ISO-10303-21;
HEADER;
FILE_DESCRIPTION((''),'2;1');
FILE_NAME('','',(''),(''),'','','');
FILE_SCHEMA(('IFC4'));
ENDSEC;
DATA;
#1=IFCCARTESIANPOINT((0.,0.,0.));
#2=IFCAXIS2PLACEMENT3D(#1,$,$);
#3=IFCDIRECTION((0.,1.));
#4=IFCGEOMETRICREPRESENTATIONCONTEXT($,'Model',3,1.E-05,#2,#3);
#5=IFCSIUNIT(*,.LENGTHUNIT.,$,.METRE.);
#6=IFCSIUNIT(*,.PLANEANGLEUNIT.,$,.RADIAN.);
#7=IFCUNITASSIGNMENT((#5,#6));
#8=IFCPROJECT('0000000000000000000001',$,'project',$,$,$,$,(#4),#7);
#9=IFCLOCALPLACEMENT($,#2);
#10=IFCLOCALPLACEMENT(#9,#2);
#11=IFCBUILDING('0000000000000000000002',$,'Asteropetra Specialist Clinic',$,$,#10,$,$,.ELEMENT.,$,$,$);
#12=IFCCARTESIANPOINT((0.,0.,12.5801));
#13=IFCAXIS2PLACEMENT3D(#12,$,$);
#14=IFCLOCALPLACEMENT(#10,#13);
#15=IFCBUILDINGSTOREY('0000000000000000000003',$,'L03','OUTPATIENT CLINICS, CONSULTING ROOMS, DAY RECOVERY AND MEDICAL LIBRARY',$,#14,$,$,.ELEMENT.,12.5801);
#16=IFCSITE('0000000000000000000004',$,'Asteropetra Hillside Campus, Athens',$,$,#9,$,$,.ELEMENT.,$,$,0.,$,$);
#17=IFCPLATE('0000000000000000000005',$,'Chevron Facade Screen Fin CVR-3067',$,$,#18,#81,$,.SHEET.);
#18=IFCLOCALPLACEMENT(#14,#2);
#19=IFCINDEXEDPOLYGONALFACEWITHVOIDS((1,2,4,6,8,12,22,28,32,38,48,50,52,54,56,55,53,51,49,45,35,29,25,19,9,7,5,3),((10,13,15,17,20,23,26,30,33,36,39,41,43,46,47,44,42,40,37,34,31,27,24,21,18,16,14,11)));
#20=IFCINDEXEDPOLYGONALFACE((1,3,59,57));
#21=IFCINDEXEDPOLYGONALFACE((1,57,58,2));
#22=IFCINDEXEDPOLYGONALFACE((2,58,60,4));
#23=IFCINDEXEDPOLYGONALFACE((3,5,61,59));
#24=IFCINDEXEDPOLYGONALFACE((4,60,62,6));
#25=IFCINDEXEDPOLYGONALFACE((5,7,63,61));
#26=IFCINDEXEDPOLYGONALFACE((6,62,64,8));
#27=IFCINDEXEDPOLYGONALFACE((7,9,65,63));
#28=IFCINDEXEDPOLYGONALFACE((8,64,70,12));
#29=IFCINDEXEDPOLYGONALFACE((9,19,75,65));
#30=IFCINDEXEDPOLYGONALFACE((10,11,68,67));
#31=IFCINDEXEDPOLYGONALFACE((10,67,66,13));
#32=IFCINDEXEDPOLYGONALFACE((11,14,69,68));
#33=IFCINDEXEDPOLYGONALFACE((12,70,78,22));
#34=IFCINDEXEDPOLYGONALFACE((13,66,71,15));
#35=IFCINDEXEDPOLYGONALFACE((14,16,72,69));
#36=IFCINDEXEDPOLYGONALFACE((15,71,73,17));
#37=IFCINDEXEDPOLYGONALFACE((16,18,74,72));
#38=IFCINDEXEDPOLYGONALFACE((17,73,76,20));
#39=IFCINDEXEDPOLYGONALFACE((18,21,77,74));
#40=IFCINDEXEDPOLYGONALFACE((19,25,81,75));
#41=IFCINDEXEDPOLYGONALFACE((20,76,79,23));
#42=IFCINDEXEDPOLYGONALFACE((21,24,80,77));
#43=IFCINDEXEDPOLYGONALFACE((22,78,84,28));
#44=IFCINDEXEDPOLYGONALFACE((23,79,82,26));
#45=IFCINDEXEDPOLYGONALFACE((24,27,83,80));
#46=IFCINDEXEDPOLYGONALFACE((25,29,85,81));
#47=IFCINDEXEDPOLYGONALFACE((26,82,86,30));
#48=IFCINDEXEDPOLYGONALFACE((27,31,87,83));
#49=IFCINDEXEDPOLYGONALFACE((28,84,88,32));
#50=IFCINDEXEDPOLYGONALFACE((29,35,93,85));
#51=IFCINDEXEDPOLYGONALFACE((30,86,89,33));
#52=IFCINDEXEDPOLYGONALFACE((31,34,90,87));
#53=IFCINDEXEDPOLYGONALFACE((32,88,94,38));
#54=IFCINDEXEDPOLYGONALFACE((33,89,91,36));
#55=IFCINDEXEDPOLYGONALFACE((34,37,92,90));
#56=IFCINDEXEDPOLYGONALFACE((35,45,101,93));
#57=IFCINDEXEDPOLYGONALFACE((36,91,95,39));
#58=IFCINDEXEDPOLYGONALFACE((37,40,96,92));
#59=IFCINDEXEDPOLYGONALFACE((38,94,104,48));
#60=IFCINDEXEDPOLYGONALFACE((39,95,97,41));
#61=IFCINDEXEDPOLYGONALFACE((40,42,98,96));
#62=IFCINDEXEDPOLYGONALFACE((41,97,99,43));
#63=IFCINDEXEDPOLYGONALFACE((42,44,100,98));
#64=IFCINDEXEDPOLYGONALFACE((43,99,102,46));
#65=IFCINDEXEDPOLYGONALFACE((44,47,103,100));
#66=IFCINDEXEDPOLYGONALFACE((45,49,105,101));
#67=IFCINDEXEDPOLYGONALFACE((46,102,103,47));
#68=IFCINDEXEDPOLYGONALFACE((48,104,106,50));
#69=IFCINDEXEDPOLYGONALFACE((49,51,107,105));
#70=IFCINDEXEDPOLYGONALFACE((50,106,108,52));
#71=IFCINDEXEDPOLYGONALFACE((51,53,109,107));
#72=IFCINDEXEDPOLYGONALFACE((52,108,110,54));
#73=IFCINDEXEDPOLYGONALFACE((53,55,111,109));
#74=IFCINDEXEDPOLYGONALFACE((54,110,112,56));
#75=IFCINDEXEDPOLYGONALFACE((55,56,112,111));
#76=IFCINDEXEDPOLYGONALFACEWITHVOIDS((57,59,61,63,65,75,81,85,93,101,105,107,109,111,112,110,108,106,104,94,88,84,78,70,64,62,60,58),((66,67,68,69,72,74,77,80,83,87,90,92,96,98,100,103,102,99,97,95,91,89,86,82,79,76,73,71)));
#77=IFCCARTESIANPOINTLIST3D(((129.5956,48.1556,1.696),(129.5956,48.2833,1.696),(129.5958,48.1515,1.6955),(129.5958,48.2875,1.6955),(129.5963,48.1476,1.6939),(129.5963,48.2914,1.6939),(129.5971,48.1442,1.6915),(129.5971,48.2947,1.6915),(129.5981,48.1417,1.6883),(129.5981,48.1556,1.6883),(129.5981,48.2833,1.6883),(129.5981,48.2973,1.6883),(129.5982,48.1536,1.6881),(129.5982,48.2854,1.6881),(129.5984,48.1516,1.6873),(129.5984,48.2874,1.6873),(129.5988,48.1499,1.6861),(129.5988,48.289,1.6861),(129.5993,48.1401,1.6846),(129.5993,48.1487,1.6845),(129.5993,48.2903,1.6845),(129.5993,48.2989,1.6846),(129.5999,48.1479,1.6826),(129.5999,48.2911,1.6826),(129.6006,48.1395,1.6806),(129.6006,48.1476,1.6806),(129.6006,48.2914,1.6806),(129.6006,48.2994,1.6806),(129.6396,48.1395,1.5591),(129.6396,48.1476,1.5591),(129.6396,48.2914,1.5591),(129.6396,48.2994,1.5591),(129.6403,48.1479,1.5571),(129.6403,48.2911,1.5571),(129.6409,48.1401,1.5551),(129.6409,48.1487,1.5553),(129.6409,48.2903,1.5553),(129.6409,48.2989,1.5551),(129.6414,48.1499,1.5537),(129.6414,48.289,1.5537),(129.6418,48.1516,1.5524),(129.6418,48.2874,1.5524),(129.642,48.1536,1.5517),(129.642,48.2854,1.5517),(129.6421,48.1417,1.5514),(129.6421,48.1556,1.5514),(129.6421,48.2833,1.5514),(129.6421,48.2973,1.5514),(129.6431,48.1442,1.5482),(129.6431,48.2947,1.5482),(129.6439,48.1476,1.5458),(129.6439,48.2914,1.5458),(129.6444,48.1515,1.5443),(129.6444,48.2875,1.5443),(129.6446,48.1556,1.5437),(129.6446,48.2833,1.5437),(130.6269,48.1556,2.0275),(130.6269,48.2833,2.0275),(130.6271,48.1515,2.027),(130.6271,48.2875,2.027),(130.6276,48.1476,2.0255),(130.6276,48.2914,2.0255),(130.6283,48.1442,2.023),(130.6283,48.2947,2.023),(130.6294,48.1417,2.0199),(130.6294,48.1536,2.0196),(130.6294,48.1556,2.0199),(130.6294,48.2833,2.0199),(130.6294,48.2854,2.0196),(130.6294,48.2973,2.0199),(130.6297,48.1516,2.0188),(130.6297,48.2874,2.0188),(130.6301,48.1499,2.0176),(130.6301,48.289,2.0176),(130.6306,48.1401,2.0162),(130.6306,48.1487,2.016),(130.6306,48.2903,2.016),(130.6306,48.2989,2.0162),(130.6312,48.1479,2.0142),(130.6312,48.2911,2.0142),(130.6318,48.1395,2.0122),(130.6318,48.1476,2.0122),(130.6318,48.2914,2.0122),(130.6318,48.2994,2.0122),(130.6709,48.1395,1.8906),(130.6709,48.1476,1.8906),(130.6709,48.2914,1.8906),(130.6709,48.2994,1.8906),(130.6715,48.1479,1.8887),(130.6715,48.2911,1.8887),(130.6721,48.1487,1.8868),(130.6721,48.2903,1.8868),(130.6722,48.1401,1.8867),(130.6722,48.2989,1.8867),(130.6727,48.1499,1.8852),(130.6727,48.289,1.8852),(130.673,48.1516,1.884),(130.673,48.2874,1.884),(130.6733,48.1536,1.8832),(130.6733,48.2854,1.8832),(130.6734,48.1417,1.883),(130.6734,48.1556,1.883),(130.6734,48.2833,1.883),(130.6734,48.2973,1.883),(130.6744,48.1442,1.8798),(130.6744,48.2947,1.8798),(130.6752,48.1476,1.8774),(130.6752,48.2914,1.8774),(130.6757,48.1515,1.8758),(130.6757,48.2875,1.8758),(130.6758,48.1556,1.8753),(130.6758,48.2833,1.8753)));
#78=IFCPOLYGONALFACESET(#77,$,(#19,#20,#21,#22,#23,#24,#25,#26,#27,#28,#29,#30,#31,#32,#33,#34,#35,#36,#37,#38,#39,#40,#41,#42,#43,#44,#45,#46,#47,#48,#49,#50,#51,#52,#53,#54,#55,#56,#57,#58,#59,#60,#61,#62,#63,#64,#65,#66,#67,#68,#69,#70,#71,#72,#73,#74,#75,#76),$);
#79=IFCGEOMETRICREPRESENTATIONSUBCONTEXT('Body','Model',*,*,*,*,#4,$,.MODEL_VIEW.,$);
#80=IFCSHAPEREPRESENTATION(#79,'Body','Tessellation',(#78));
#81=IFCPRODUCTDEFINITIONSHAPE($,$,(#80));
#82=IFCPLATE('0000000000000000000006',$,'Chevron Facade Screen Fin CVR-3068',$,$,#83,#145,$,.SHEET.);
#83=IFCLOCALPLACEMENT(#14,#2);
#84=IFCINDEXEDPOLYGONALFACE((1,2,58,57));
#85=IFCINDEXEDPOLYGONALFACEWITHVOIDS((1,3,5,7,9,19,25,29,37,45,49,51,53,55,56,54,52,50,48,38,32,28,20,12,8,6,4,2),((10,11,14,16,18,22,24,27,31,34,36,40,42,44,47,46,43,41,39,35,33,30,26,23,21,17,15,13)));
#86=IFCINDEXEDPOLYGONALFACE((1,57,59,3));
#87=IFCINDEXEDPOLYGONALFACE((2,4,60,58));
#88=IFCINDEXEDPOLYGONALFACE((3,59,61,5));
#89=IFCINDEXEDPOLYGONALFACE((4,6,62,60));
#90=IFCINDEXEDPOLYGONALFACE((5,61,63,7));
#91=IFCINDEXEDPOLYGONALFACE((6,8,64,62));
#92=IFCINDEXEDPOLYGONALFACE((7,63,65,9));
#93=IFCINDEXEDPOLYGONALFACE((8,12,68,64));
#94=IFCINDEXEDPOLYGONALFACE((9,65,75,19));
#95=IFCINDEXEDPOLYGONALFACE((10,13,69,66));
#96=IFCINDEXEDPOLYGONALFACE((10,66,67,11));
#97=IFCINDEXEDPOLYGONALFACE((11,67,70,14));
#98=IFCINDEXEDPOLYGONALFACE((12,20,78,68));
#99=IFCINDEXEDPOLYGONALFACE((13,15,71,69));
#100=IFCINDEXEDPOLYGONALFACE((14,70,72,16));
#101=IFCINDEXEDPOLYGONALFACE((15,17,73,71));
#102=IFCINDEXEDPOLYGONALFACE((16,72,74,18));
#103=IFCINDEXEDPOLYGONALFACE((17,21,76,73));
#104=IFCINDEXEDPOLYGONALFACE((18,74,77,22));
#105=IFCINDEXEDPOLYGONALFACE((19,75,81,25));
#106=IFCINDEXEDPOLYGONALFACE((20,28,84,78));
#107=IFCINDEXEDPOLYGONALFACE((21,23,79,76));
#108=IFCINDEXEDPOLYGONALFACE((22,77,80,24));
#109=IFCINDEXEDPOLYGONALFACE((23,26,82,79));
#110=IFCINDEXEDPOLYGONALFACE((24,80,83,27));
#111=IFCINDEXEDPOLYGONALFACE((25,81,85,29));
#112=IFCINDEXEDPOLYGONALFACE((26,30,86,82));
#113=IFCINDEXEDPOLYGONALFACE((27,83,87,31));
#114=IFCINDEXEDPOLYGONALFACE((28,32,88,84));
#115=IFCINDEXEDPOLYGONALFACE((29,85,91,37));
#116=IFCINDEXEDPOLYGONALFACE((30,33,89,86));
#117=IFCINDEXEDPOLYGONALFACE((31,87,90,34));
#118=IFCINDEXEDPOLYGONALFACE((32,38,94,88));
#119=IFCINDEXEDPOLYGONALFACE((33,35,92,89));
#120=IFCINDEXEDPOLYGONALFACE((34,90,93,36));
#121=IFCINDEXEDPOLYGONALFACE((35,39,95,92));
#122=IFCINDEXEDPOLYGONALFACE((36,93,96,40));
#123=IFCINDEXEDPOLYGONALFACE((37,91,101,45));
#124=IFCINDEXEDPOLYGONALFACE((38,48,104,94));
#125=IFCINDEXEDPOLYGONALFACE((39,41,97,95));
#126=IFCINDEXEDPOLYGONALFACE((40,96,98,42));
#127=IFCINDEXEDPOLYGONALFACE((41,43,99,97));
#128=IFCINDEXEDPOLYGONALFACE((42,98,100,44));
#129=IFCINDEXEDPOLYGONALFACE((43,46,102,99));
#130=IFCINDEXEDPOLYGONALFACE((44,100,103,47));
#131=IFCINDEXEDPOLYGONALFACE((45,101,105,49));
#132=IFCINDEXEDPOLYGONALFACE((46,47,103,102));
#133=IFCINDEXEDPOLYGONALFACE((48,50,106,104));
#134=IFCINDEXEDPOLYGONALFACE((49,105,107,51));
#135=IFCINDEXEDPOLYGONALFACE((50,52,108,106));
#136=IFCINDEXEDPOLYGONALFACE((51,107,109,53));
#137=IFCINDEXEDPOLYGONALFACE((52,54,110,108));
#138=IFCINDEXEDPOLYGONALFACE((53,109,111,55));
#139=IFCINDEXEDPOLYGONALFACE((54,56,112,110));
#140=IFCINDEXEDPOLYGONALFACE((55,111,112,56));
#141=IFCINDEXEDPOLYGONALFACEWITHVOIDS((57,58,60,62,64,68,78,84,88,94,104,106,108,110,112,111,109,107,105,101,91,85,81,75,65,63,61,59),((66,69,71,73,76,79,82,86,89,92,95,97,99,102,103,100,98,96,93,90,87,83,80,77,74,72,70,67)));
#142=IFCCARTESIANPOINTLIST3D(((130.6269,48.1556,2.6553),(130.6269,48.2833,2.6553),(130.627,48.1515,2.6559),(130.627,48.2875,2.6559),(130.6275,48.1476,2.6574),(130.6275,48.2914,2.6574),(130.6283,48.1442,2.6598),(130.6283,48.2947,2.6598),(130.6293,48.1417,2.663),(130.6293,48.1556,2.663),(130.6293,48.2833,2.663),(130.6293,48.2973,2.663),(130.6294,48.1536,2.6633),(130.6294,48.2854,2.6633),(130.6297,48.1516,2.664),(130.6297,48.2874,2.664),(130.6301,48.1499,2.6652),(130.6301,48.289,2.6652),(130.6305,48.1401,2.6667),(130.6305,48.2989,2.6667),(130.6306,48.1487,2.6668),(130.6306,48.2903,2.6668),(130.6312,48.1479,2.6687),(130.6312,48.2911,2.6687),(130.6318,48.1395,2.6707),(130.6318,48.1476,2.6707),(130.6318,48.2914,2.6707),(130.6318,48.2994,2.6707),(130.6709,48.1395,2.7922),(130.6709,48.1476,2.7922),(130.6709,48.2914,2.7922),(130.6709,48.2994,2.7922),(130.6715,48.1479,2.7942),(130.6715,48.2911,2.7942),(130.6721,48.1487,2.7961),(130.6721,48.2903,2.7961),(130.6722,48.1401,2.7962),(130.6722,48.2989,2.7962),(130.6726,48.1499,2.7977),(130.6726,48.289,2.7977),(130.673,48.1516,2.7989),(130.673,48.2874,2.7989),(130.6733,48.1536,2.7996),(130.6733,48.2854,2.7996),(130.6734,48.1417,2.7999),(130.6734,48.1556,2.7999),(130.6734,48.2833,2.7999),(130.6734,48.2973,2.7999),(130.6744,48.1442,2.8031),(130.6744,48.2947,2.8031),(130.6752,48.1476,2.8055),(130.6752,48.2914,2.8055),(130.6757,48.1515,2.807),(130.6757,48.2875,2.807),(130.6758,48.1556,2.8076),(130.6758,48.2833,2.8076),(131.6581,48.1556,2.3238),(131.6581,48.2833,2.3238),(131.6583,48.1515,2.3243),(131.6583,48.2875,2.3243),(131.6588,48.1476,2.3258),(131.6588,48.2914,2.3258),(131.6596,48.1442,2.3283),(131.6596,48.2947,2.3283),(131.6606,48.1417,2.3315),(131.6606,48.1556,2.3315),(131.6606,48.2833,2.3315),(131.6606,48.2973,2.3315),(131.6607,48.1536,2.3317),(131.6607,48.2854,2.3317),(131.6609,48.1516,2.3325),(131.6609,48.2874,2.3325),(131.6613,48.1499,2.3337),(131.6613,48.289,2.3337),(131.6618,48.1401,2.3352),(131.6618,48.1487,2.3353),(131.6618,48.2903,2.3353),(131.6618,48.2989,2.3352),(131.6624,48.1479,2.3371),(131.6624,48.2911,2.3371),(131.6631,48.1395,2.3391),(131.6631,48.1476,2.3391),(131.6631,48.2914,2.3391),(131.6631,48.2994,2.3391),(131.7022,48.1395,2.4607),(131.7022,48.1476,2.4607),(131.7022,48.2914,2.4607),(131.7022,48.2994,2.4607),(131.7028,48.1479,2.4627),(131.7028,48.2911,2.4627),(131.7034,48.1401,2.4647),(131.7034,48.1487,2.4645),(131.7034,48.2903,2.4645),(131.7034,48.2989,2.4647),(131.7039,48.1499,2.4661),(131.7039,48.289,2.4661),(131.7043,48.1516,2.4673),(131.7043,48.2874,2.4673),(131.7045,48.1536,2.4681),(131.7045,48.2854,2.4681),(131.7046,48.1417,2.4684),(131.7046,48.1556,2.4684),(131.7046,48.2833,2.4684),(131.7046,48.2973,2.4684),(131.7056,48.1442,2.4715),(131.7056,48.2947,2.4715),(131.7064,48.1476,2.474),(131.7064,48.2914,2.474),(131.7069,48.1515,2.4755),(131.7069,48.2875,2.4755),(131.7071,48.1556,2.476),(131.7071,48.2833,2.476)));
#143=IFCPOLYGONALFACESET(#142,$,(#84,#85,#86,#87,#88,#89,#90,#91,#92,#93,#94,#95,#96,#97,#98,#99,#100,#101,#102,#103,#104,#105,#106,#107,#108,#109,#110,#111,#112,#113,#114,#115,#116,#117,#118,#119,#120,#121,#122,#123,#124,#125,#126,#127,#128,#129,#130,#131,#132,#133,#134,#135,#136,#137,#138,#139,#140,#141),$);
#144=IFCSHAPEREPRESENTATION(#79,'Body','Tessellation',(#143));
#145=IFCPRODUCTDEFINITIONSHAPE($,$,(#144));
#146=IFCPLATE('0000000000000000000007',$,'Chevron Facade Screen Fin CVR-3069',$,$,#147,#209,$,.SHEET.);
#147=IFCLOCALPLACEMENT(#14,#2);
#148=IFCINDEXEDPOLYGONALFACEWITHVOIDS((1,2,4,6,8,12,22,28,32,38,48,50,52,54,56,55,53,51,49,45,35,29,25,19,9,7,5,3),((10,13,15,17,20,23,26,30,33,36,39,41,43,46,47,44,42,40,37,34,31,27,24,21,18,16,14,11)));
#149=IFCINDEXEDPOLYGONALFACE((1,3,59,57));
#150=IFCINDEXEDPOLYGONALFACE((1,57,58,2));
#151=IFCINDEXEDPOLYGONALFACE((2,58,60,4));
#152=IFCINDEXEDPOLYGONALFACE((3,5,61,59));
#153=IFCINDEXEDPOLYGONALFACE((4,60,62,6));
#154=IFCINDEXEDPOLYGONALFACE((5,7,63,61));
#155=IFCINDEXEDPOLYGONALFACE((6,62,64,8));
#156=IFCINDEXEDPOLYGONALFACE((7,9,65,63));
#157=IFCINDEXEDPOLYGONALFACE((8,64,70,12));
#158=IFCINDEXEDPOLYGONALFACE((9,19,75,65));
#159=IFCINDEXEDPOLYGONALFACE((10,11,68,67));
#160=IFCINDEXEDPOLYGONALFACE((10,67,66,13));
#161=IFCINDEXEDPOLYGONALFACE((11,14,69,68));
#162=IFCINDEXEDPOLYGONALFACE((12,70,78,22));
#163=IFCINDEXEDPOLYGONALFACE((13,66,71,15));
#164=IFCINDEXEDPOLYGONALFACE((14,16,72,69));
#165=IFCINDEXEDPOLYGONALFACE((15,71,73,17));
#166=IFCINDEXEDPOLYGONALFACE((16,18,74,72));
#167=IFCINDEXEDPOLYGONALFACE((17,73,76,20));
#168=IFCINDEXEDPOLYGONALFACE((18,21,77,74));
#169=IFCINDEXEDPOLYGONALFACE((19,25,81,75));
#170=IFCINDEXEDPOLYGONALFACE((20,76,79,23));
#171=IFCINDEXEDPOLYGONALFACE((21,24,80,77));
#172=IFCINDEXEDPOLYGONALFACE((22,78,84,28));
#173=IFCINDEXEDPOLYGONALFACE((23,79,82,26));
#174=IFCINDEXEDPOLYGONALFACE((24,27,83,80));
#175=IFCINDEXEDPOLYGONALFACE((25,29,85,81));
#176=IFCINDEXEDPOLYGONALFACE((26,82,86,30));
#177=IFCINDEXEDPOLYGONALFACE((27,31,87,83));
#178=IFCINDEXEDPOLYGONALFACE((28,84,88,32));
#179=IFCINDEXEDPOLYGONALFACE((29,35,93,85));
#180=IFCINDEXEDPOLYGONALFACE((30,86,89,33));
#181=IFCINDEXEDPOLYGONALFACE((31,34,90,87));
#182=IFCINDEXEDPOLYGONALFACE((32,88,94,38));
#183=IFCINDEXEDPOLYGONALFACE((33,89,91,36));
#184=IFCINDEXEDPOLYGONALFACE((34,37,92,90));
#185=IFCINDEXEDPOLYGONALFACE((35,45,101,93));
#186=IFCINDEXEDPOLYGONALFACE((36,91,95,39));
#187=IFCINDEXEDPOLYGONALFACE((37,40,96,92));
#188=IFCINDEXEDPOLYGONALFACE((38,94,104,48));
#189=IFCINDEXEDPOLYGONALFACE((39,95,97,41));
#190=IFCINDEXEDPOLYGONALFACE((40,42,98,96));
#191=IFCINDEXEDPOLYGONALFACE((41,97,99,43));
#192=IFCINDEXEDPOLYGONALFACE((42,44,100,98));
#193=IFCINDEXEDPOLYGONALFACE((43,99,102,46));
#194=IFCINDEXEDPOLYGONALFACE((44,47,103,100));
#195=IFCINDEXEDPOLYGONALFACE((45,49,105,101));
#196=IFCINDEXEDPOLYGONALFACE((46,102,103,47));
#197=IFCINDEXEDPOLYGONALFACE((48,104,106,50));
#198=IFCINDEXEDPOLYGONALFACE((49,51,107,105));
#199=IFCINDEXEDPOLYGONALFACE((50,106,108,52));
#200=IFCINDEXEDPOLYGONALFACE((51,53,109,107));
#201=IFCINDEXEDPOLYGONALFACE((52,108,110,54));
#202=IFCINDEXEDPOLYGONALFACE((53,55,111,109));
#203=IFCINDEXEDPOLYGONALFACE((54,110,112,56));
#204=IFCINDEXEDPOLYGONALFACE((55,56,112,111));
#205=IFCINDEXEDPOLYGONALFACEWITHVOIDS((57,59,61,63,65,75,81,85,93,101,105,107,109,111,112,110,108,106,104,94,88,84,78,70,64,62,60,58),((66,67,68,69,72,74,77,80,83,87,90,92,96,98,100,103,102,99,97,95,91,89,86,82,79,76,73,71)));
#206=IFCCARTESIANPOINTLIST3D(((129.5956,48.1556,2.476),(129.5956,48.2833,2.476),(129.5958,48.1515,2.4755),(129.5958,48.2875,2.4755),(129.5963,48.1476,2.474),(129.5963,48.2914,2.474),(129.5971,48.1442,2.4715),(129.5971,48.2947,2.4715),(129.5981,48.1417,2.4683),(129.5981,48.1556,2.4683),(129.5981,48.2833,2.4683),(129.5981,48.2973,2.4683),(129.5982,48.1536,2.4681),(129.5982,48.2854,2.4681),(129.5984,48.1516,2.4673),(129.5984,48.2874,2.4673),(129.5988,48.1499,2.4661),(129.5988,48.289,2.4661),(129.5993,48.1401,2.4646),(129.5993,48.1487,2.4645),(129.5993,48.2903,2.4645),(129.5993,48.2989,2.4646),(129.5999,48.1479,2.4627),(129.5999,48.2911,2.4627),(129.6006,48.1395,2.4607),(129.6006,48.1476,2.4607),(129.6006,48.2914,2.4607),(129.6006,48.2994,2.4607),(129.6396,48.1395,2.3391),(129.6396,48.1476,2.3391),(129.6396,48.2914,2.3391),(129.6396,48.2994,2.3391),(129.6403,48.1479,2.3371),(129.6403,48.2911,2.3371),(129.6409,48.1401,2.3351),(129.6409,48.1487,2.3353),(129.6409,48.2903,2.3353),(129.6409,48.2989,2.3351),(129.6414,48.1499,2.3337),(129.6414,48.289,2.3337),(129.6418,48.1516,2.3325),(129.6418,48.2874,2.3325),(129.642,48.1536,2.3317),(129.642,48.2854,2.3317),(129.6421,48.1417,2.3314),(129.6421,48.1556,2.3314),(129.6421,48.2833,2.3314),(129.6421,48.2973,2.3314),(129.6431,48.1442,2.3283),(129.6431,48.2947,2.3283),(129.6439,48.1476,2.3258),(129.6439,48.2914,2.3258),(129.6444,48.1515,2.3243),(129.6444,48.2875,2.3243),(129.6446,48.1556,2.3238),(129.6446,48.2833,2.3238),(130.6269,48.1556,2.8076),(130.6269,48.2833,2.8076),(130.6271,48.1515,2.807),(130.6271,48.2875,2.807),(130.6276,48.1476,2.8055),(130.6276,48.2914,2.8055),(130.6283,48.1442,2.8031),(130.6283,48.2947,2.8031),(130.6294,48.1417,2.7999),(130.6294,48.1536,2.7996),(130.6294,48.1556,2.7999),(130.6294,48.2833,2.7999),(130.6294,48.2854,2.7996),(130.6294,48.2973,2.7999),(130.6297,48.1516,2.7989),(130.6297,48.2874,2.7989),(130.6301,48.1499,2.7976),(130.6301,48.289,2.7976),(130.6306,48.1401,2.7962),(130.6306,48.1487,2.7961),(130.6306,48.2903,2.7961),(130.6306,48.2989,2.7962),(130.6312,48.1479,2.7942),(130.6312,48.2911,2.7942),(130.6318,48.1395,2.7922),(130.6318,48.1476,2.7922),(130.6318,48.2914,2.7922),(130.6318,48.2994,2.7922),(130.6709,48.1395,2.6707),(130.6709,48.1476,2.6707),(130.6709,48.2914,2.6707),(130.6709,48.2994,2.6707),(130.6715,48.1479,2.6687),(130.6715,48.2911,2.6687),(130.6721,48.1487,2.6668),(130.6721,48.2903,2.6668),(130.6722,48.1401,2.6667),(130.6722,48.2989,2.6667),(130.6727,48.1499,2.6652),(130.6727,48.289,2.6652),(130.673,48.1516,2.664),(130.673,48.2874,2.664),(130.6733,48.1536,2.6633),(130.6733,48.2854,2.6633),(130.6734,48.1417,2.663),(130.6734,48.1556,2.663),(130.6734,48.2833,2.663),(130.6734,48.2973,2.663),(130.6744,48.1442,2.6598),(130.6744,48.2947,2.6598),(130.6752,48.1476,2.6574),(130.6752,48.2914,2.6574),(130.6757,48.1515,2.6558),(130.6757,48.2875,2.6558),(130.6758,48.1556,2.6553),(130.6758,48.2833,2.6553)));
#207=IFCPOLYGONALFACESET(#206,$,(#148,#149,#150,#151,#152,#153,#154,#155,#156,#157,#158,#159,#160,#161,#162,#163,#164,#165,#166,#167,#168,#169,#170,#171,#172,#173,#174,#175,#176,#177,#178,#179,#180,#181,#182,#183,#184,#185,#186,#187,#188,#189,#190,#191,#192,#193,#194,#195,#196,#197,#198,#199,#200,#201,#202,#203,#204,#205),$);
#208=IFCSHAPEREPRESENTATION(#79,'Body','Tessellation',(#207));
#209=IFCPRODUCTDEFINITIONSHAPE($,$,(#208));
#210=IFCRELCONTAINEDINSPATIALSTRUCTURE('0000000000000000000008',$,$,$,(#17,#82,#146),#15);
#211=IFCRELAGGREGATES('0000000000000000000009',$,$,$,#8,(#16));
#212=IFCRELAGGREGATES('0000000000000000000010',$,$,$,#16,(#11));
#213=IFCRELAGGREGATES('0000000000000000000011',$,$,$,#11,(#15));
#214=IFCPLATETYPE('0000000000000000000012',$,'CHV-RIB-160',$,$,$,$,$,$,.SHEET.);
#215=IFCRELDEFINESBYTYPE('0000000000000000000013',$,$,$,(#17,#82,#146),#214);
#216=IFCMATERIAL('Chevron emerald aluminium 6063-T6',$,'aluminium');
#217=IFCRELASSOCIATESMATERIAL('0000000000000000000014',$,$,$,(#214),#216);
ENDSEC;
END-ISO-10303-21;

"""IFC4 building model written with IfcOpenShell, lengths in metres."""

from ifc_helpers import new_model, si_unit, direction, frame, origin, origin_2d, place, context, subcontext, project, spatial, hollow_rectangle, extrude, material, material_profile, profile_set, type_object, element, save


model = new_model("IFC4")

# Units and contexts
model_context = context("Model", 3, precision=1e-05, world=origin(), true_north=direction((0.0, 1.0)))
body_context = subcontext(model_context, "Body", "Model", "MODEL_VIEW")
ifc_project = project(units=[si_unit("LENGTHUNIT", "METRE"), si_unit("PLANEANGLEUNIT", "RADIAN")], contexts=[model_context])

# Site, building, storey
site_placement = place(None, origin())
site = spatial("IfcSite", under=ifc_project, at=site_placement, Name="Asteropetra Hillside Campus, Athens", CompositionType="ELEMENT", RefElevation=0.0)
building_placement = place(site_placement, origin())
building = spatial("IfcBuilding", under=site, at=building_placement, Name="Asteropetra Specialist Clinic", CompositionType="ELEMENT")
storey_placement = place(building_placement, frame((0.0, 0.0, 12.5801)))
storey = spatial("IfcBuildingStorey", under=building, at=storey_placement, Name="L03", Description="OUTPATIENT CLINICS, CONSULTING ROOMS, DAY RECOVERY AND MEDICAL LIBRARY", CompositionType="ELEMENT", Elevation=12.5801)

# Plates
ifc_material_1 = material(Name="Chevron emerald aluminium 6063-T6", Category="aluminium")
ifc_material_profile_1 = material_profile(ifc_material_1, hollow_rectangle(XDim=0.1599, YDim=0.1599, WallThickness=0.0081, InnerFilletRadius=0.0081, OuterFilletRadius=0.0161, at=origin_2d()), Name="SHS 160x160x8.0")
ifc_profile_set_1 = profile_set([ifc_material_profile_1], Name="Chevron emerald aluminium 6063-T6")
plate_type_1 = type_object("IfcPlateType", Name="CHV-RIB-160", PredefinedType="SHEET", material=ifc_profile_set_1)
for number, where, z_axis, x_axis, name in (
    (1, (130.6514, 48.2195, 1.9514), (-0.95201, 0.0, -0.306068), (0.0, -1.0, 0.0), "Chevron Facade Screen Fin CVR-3067"),
    (2, (131.6826, 48.2195, 2.3999), (-0.95201, 0.0, 0.306068), (0.0, -1.0, 0.0), "Chevron Facade Screen Fin CVR-3068"),
    (3, (130.6514, 48.2195, 2.7314), (-0.95201, 0.0, -0.306068), (0.0, -1.0, 0.0), "Chevron Facade Screen Fin CVR-3069"),
):
    element("IfcPlate", number, at=place(storey_placement, frame(where, z_axis=z_axis, x_axis=x_axis)), inside=storey, type_object=plate_type_1, Name=name, PredefinedType="SHEET", context=body_context, shape_type="SweptSolid", body=[
        extrude(hollow_rectangle(XDim=0.1599, YDim=0.1599, WallThickness=0.0081, InnerFilletRadius=0.0081, OuterFilletRadius=0.0161, at=origin_2d()), origin(), (0.0, 0.0, 1.0), 1.0833),
    ])

save(model, "model.ifc")
